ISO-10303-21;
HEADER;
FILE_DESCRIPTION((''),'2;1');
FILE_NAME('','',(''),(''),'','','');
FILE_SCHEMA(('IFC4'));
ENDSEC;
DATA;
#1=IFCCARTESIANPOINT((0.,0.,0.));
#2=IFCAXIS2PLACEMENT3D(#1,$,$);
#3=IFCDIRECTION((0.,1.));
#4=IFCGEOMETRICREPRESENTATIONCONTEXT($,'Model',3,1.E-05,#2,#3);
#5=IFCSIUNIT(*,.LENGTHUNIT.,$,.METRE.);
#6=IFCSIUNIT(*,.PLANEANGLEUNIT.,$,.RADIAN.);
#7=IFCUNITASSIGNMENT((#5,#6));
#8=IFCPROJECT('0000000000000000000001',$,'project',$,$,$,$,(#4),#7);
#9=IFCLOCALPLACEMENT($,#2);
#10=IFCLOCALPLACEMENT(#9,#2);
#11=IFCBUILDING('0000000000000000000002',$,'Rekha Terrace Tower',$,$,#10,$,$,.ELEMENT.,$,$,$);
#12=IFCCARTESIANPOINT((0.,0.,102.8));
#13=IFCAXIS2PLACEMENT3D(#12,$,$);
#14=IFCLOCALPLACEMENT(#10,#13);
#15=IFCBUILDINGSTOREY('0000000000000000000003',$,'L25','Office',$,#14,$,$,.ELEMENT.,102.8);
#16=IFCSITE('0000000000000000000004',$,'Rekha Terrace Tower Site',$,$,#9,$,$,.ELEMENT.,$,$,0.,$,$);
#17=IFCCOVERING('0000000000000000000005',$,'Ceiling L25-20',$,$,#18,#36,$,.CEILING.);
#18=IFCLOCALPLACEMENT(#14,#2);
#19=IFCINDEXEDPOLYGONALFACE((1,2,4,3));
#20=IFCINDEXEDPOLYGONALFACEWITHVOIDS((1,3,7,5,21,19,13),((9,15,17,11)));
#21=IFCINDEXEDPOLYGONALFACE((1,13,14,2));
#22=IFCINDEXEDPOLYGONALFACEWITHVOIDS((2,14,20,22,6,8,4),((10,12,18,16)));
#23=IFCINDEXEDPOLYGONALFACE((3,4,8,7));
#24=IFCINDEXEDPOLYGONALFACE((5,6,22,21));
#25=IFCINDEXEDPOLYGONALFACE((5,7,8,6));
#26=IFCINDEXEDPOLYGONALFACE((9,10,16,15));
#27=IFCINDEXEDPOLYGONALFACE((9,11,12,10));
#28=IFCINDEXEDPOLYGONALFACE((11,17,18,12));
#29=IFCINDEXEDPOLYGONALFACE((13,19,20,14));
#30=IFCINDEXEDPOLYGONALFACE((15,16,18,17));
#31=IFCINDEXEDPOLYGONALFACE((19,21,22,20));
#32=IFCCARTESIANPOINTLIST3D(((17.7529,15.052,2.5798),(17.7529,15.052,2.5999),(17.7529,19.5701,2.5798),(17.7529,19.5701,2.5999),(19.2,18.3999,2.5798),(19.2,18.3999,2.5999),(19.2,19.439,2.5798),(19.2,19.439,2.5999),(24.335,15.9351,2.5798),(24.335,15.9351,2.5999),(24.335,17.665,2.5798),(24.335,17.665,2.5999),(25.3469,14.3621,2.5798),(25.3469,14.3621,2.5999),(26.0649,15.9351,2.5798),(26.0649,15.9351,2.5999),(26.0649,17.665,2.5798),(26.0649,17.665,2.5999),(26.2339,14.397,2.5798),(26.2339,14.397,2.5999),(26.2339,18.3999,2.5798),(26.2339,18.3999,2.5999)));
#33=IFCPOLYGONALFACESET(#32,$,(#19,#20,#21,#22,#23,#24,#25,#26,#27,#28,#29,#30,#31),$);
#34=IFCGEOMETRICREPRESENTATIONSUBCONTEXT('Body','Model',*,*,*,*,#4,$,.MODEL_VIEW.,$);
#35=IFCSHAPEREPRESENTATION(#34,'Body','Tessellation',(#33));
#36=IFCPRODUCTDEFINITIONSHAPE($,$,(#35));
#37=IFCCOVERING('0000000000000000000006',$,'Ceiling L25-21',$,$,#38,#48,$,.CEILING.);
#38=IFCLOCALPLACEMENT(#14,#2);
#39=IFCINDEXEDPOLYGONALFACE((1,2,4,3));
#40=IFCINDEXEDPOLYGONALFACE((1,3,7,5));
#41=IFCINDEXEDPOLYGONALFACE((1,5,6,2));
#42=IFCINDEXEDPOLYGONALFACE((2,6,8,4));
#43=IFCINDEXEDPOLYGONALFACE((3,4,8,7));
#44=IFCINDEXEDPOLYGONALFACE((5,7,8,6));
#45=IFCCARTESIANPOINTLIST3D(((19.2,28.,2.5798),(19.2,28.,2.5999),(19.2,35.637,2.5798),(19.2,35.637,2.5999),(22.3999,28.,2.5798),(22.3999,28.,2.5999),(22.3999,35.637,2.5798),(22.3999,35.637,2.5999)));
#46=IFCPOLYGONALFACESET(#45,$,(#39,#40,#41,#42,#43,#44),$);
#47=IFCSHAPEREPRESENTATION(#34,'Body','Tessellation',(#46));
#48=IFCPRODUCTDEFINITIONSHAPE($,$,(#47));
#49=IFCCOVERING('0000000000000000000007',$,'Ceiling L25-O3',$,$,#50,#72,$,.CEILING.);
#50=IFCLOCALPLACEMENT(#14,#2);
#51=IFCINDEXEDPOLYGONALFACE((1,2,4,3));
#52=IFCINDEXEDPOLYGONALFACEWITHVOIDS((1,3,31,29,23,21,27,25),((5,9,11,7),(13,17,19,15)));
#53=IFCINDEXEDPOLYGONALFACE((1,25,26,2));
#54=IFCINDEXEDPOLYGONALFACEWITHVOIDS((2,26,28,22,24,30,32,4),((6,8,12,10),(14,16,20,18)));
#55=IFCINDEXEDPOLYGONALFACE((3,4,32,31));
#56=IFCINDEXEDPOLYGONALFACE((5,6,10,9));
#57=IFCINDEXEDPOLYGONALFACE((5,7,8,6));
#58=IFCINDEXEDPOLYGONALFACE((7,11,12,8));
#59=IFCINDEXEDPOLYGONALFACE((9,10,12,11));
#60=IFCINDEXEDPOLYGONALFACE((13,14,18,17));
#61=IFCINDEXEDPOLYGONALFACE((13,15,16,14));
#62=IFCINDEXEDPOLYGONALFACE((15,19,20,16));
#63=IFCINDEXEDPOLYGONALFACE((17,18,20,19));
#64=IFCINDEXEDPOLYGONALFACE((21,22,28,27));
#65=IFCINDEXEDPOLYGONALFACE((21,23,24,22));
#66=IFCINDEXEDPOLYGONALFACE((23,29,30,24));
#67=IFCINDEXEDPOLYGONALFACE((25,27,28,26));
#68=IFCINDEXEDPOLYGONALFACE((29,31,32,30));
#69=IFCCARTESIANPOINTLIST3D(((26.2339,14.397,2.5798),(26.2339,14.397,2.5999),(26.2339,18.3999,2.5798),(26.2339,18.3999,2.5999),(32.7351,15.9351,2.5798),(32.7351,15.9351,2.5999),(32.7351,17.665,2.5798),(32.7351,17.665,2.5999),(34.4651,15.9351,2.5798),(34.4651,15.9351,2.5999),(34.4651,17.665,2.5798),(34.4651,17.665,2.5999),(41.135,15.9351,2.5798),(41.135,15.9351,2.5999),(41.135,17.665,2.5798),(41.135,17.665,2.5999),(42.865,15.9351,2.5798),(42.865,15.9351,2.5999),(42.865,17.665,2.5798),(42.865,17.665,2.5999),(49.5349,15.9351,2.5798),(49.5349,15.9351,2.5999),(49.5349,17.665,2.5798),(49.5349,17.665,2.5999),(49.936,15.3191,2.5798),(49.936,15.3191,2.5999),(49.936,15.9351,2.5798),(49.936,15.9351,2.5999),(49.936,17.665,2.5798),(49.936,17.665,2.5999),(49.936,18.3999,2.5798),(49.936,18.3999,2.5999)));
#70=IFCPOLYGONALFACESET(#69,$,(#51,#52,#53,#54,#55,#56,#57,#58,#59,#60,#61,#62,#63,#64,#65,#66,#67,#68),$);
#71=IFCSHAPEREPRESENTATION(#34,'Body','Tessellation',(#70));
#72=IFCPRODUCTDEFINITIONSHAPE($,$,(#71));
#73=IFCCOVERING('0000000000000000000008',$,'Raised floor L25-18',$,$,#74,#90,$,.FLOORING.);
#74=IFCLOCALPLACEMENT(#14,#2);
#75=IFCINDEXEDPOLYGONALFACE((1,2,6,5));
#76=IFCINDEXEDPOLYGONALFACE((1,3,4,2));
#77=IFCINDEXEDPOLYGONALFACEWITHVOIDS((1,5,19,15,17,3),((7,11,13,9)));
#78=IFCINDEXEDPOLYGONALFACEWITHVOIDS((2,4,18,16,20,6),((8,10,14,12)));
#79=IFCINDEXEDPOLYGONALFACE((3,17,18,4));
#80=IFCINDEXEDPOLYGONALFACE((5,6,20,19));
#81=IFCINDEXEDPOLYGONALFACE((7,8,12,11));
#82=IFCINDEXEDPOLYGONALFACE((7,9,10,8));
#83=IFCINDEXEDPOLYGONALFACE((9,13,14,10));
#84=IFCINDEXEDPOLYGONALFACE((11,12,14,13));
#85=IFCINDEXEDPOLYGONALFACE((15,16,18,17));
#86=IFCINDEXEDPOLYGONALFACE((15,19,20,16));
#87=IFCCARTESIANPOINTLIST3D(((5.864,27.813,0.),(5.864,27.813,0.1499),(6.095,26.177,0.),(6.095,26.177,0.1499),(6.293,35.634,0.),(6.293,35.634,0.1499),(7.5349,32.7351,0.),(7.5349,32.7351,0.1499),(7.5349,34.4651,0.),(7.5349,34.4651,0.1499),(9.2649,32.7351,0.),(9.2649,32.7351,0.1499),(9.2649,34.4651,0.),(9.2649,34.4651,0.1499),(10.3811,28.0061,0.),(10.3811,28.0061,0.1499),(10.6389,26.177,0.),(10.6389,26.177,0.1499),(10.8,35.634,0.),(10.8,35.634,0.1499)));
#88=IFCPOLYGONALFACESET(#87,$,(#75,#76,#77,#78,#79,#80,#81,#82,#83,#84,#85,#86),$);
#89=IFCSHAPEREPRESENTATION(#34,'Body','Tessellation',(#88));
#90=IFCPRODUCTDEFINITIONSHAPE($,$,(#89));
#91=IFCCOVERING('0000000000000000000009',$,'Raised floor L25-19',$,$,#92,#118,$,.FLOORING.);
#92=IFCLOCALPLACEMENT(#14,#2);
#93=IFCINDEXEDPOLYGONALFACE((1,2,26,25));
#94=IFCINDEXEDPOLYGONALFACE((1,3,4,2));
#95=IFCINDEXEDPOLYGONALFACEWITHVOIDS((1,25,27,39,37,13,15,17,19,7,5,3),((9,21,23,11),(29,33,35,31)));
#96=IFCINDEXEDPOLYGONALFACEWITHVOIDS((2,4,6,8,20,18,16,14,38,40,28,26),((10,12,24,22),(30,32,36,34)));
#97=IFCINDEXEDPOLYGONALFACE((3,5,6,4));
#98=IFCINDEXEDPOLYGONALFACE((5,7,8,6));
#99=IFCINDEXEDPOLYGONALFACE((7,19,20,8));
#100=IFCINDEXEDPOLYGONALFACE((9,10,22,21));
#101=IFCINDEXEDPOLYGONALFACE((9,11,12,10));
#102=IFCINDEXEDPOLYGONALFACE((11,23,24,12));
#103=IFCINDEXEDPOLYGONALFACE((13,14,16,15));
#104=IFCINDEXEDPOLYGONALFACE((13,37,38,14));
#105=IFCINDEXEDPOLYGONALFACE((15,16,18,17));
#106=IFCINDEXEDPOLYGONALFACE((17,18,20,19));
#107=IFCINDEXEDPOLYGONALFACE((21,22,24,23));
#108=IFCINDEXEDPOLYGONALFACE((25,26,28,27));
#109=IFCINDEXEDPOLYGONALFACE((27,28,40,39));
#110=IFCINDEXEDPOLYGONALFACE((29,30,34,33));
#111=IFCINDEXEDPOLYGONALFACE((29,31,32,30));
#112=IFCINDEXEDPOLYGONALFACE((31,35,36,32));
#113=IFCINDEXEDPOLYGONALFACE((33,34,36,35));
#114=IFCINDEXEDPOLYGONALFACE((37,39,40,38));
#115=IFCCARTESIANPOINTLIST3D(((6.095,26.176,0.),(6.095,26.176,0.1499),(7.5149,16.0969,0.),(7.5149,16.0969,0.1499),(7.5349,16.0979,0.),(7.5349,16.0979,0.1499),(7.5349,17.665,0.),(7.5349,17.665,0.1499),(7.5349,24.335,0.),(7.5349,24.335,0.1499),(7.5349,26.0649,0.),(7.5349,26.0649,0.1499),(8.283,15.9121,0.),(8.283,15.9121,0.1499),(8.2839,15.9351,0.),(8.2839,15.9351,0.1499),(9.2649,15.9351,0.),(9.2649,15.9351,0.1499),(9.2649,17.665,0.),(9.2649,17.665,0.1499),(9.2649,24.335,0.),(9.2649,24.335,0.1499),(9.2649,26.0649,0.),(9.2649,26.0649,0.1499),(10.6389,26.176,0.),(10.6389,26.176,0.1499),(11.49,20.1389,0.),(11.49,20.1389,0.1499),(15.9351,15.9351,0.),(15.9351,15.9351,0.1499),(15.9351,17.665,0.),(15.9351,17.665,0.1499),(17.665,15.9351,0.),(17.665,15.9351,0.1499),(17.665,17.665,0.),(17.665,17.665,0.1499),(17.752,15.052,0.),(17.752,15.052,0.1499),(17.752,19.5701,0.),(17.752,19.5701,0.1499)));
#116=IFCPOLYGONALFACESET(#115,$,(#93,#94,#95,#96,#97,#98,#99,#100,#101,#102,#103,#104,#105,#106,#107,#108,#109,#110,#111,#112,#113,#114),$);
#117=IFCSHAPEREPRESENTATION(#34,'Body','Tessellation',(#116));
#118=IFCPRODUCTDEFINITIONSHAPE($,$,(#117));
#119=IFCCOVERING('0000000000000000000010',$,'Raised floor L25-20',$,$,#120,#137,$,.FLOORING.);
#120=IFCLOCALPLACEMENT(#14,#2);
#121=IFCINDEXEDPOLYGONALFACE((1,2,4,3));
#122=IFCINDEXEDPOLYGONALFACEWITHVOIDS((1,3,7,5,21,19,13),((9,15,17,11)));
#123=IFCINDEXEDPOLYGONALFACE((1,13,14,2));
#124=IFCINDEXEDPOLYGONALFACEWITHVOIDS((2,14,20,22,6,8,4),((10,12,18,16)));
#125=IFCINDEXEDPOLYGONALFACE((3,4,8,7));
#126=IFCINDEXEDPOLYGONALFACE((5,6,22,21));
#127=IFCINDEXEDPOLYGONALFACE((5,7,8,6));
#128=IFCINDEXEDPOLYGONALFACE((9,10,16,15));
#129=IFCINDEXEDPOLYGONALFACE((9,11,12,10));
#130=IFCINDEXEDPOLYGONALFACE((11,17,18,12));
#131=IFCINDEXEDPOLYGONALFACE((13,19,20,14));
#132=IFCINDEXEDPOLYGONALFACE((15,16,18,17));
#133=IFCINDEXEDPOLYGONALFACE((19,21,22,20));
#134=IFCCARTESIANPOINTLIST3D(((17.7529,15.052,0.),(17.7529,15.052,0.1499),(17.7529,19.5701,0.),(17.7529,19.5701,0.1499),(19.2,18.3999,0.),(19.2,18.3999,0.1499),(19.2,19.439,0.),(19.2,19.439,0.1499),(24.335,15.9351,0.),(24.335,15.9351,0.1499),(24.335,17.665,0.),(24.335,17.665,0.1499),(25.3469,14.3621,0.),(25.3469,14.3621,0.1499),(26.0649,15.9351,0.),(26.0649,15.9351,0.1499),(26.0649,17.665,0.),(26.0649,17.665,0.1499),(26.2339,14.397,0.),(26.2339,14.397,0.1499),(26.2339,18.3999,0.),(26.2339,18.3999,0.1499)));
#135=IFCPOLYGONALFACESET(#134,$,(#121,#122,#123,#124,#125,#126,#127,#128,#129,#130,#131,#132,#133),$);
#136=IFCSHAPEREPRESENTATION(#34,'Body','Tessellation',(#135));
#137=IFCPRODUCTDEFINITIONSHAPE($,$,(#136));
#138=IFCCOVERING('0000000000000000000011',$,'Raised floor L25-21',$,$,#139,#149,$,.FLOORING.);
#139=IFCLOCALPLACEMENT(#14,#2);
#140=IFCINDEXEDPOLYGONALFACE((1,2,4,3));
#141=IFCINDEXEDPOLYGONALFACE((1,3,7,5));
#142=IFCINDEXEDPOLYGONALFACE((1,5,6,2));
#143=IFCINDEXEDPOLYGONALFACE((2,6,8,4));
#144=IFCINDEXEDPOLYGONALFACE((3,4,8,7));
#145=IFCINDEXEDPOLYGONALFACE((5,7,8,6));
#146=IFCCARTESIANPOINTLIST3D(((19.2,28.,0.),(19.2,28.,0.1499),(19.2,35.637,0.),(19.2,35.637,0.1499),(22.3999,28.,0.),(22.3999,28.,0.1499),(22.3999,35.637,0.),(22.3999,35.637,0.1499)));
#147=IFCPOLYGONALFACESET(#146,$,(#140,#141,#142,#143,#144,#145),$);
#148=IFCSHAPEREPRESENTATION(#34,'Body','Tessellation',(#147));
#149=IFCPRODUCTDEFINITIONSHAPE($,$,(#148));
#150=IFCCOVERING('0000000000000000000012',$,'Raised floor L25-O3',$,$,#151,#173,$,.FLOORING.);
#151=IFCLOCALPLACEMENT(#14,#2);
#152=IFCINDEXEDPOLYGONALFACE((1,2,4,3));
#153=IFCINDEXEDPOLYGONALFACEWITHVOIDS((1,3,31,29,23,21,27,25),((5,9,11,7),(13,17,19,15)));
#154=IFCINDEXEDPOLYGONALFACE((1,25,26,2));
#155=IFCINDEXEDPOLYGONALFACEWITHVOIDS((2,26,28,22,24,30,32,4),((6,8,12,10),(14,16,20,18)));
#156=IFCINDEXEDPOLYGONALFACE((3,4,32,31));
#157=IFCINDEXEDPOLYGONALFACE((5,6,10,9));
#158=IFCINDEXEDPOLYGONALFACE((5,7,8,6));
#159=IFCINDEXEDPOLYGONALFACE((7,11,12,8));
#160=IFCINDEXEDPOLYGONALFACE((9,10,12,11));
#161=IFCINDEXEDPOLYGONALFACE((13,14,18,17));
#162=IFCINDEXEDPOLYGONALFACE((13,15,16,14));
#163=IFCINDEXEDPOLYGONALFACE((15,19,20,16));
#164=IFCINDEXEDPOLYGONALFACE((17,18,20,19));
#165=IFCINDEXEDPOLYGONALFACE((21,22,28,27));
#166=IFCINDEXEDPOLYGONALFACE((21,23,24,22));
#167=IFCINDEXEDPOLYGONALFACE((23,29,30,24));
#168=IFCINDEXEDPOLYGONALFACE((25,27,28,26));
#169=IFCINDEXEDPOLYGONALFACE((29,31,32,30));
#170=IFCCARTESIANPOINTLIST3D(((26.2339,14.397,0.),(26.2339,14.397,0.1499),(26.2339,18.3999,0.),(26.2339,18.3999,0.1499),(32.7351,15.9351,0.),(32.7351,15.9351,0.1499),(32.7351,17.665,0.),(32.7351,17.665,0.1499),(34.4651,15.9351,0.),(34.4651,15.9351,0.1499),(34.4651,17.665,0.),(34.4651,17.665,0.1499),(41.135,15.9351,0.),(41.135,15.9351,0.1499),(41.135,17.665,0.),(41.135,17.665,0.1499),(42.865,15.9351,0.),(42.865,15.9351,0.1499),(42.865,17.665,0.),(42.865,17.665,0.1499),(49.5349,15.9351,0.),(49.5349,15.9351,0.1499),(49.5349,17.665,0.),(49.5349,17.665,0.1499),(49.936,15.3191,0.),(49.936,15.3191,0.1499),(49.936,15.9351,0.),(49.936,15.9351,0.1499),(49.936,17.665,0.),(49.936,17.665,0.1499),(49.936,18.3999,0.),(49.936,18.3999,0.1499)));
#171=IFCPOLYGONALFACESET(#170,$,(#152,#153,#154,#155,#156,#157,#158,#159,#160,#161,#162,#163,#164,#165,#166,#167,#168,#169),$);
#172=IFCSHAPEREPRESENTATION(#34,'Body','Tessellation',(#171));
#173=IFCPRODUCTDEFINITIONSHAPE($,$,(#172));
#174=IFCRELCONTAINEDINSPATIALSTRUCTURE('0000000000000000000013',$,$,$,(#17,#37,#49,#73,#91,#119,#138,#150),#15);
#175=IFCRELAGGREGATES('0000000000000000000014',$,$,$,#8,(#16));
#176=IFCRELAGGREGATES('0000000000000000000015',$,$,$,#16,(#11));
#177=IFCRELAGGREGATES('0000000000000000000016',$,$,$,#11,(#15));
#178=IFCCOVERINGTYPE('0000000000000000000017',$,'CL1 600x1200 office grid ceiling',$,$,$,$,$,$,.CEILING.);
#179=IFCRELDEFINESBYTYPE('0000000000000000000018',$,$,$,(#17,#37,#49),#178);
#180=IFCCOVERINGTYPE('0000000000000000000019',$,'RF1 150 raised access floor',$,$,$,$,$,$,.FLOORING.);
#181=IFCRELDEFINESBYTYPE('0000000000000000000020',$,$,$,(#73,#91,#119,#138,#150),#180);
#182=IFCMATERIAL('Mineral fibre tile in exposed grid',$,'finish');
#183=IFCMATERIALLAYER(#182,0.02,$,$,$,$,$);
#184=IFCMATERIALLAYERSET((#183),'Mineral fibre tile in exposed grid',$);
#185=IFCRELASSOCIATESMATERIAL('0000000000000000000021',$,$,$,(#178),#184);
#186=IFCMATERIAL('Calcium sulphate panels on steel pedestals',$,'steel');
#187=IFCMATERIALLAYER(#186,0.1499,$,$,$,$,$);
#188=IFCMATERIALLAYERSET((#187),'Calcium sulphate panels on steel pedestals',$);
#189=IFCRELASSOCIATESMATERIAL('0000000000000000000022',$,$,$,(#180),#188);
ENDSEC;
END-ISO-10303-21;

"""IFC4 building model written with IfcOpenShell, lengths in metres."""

from ifc_helpers import new_model, si_unit, direction, frame, origin, place, context, subcontext, project, spatial, polyline, outline, extrude, material, layer, layer_set, type_object, element, save


model = new_model("IFC4")

# Units and contexts
model_context = context("Model", 3, precision=1e-05, world=origin(), true_north=direction((0.0, 1.0)))
body_context = subcontext(model_context, "Body", "Model", "MODEL_VIEW")
ifc_project = project(units=[si_unit("LENGTHUNIT", "METRE"), si_unit("PLANEANGLEUNIT", "RADIAN")], contexts=[model_context])

# Site, building, storey
site_placement = place(None, origin())
site = spatial("IfcSite", under=ifc_project, at=site_placement, Name="Rekha Terrace Tower Site", CompositionType="ELEMENT", RefElevation=0.0)
building_placement = place(site_placement, origin())
building = spatial("IfcBuilding", under=site, at=building_placement, Name="Rekha Terrace Tower", CompositionType="ELEMENT")
storey_placement = place(building_placement, frame((0.0, 0.0, 102.8)))
storey = spatial("IfcBuildingStorey", under=building, at=storey_placement, Name="L25", Description="Office", CompositionType="ELEMENT", Elevation=102.8)

# Coverings
ifc_material_1 = material(Name="Mineral fibre tile in exposed grid", Category="finish")
ifc_layer_1 = layer(ifc_material_1, 0.02)
ifc_layer_set_1 = layer_set([ifc_layer_1], Name="Mineral fibre tile in exposed grid")
covering_type_1 = type_object("IfcCoveringType", Name="CL1 600x1200 office grid ceiling", PredefinedType="CEILING", material=ifc_layer_set_1)
covering_1_placement = place(storey_placement, frame((0.0, 0.0, 2.5798)))
element("IfcCovering", 1, at=covering_1_placement, inside=storey, type_object=covering_type_1, Name="Ceiling L25-20", PredefinedType="CEILING", context=body_context, shape_type="SweptSolid", body=[
    extrude(outline(polyline([(26.2339, 14.397), (26.2339, 18.3999), (19.2, 18.3999), (19.2, 19.439), (17.7529, 19.5701), (17.7529, 15.052), (25.3469, 14.3621), (26.2339, 14.397)]), holes=[polyline([(26.0649, 17.665), (26.0649, 15.9351), (24.335, 15.9351), (24.335, 17.665), (26.0649, 17.665)])]), origin(), (0.0, 0.0, 1.0), 0.02),
])
covering_2_placement = place(storey_placement, frame((0.0, 0.0, 2.5798)))
element("IfcCovering", 2, at=covering_2_placement, inside=storey, type_object=covering_type_1, Name="Ceiling L25-21", PredefinedType="CEILING", context=body_context, shape_type="SweptSolid", body=[
    extrude(outline(polyline([(19.2, 35.637), (19.2, 28.0), (22.3999, 28.0), (22.3999, 35.637), (19.2, 35.637)])), origin(), (0.0, 0.0, 1.0), 0.02),
])
covering_3_placement = place(storey_placement, frame((0.0, 0.0, 2.5798)))
element("IfcCovering", 3, at=covering_3_placement, inside=storey, type_object=covering_type_1, Name="Ceiling L25-O3", PredefinedType="CEILING", context=body_context, shape_type="SweptSolid", body=[
    extrude(outline(polyline([(49.936, 18.3999), (26.2339, 18.3999), (26.2339, 14.397), (49.936, 15.3191), (49.936, 15.9351), (49.5349, 15.9351), (49.5349, 17.665), (49.936, 17.665), (49.936, 18.3999)]), holes=[polyline([(42.865, 17.665), (42.865, 15.9351), (41.135, 15.9351), (41.135, 17.665), (42.865, 17.665)]), polyline([(34.4651, 15.9351), (32.7351, 15.9351), (32.7351, 17.665), (34.4651, 17.665), (34.4651, 15.9351)])]), origin(), (0.0, 0.0, 1.0), 0.02),
])
ifc_material_2 = material(Name="Calcium sulphate panels on steel pedestals", Category="steel")
ifc_layer_2 = layer(ifc_material_2, 0.1499)
ifc_layer_set_2 = layer_set([ifc_layer_2], Name="Calcium sulphate panels on steel pedestals")
covering_type_2 = type_object("IfcCoveringType", Name="RF1 150 raised access floor", PredefinedType="FLOORING", material=ifc_layer_set_2)
covering_4_placement = place(storey_placement, origin())
element("IfcCovering", 4, at=covering_4_placement, inside=storey, type_object=covering_type_2, Name="Raised floor L25-18", PredefinedType="FLOORING", context=body_context, shape_type="SweptSolid", body=[
    extrude(outline(polyline([(10.3811, 28.0061), (10.8, 35.634), (6.293, 35.634), (5.864, 27.813), (6.095, 26.177), (10.6389, 26.177), (10.3811, 28.0061)]), holes=[polyline([(9.2649, 32.7351), (7.5349, 32.7351), (7.5349, 34.4651), (9.2649, 34.4651), (9.2649, 32.7351)])]), origin(), (0.0, 0.0, 1.0), 0.1499),
])
covering_5_placement = place(storey_placement, origin())
element("IfcCovering", 5, at=covering_5_placement, inside=storey, type_object=covering_type_2, Name="Raised floor L25-19", PredefinedType="FLOORING", context=body_context, shape_type="SweptSolid", body=[
    extrude(outline(polyline([(7.5149, 16.0969), (7.5349, 16.0979), (7.5349, 17.665), (9.2649, 17.665), (9.2649, 15.9351), (8.2839, 15.9351), (8.283, 15.9121), (17.752, 15.052), (17.752, 19.5701), (11.49, 20.1389), (10.6389, 26.176), (6.095, 26.176), (7.5149, 16.0969)]), holes=[polyline([(17.665, 15.9351), (15.9351, 15.9351), (15.9351, 17.665), (17.665, 17.665), (17.665, 15.9351)]), polyline([(9.2649, 24.335), (7.5349, 24.335), (7.5349, 26.0649), (9.2649, 26.0649), (9.2649, 24.335)])]), origin(), (0.0, 0.0, 1.0), 0.1499),
])
covering_6_placement = place(storey_placement, origin())
element("IfcCovering", 6, at=covering_6_placement, inside=storey, type_object=covering_type_2, Name="Raised floor L25-20", PredefinedType="FLOORING", context=body_context, shape_type="SweptSolid", body=[
    extrude(outline(polyline([(26.2339, 14.397), (26.2339, 18.3999), (19.2, 18.3999), (19.2, 19.439), (17.7529, 19.5701), (17.7529, 15.052), (25.3469, 14.3621), (26.2339, 14.397)]), holes=[polyline([(26.0649, 17.665), (26.0649, 15.9351), (24.335, 15.9351), (24.335, 17.665), (26.0649, 17.665)])]), origin(), (0.0, 0.0, 1.0), 0.1499),
])
covering_7_placement = place(storey_placement, origin())
element("IfcCovering", 7, at=covering_7_placement, inside=storey, type_object=covering_type_2, Name="Raised floor L25-21", PredefinedType="FLOORING", context=body_context, shape_type="SweptSolid", body=[
    extrude(outline(polyline([(19.2, 35.637), (19.2, 28.0), (22.3999, 28.0), (22.3999, 35.637), (19.2, 35.637)])), origin(), (0.0, 0.0, 1.0), 0.1499),
])
covering_8_placement = place(storey_placement, origin())
element("IfcCovering", 8, at=covering_8_placement, inside=storey, type_object=covering_type_2, Name="Raised floor L25-O3", PredefinedType="FLOORING", context=body_context, shape_type="SweptSolid", body=[
    extrude(outline(polyline([(49.936, 18.3999), (26.2339, 18.3999), (26.2339, 14.397), (49.936, 15.3191), (49.936, 15.9351), (49.5349, 15.9351), (49.5349, 17.665), (49.936, 17.665), (49.936, 18.3999)]), holes=[polyline([(42.865, 17.665), (42.865, 15.9351), (41.135, 15.9351), (41.135, 17.665), (42.865, 17.665)]), polyline([(34.4651, 15.9351), (32.7351, 15.9351), (32.7351, 17.665), (34.4651, 17.665), (34.4651, 15.9351)])]), origin(), (0.0, 0.0, 1.0), 0.1499),
])

save(model, "model.ifc")
